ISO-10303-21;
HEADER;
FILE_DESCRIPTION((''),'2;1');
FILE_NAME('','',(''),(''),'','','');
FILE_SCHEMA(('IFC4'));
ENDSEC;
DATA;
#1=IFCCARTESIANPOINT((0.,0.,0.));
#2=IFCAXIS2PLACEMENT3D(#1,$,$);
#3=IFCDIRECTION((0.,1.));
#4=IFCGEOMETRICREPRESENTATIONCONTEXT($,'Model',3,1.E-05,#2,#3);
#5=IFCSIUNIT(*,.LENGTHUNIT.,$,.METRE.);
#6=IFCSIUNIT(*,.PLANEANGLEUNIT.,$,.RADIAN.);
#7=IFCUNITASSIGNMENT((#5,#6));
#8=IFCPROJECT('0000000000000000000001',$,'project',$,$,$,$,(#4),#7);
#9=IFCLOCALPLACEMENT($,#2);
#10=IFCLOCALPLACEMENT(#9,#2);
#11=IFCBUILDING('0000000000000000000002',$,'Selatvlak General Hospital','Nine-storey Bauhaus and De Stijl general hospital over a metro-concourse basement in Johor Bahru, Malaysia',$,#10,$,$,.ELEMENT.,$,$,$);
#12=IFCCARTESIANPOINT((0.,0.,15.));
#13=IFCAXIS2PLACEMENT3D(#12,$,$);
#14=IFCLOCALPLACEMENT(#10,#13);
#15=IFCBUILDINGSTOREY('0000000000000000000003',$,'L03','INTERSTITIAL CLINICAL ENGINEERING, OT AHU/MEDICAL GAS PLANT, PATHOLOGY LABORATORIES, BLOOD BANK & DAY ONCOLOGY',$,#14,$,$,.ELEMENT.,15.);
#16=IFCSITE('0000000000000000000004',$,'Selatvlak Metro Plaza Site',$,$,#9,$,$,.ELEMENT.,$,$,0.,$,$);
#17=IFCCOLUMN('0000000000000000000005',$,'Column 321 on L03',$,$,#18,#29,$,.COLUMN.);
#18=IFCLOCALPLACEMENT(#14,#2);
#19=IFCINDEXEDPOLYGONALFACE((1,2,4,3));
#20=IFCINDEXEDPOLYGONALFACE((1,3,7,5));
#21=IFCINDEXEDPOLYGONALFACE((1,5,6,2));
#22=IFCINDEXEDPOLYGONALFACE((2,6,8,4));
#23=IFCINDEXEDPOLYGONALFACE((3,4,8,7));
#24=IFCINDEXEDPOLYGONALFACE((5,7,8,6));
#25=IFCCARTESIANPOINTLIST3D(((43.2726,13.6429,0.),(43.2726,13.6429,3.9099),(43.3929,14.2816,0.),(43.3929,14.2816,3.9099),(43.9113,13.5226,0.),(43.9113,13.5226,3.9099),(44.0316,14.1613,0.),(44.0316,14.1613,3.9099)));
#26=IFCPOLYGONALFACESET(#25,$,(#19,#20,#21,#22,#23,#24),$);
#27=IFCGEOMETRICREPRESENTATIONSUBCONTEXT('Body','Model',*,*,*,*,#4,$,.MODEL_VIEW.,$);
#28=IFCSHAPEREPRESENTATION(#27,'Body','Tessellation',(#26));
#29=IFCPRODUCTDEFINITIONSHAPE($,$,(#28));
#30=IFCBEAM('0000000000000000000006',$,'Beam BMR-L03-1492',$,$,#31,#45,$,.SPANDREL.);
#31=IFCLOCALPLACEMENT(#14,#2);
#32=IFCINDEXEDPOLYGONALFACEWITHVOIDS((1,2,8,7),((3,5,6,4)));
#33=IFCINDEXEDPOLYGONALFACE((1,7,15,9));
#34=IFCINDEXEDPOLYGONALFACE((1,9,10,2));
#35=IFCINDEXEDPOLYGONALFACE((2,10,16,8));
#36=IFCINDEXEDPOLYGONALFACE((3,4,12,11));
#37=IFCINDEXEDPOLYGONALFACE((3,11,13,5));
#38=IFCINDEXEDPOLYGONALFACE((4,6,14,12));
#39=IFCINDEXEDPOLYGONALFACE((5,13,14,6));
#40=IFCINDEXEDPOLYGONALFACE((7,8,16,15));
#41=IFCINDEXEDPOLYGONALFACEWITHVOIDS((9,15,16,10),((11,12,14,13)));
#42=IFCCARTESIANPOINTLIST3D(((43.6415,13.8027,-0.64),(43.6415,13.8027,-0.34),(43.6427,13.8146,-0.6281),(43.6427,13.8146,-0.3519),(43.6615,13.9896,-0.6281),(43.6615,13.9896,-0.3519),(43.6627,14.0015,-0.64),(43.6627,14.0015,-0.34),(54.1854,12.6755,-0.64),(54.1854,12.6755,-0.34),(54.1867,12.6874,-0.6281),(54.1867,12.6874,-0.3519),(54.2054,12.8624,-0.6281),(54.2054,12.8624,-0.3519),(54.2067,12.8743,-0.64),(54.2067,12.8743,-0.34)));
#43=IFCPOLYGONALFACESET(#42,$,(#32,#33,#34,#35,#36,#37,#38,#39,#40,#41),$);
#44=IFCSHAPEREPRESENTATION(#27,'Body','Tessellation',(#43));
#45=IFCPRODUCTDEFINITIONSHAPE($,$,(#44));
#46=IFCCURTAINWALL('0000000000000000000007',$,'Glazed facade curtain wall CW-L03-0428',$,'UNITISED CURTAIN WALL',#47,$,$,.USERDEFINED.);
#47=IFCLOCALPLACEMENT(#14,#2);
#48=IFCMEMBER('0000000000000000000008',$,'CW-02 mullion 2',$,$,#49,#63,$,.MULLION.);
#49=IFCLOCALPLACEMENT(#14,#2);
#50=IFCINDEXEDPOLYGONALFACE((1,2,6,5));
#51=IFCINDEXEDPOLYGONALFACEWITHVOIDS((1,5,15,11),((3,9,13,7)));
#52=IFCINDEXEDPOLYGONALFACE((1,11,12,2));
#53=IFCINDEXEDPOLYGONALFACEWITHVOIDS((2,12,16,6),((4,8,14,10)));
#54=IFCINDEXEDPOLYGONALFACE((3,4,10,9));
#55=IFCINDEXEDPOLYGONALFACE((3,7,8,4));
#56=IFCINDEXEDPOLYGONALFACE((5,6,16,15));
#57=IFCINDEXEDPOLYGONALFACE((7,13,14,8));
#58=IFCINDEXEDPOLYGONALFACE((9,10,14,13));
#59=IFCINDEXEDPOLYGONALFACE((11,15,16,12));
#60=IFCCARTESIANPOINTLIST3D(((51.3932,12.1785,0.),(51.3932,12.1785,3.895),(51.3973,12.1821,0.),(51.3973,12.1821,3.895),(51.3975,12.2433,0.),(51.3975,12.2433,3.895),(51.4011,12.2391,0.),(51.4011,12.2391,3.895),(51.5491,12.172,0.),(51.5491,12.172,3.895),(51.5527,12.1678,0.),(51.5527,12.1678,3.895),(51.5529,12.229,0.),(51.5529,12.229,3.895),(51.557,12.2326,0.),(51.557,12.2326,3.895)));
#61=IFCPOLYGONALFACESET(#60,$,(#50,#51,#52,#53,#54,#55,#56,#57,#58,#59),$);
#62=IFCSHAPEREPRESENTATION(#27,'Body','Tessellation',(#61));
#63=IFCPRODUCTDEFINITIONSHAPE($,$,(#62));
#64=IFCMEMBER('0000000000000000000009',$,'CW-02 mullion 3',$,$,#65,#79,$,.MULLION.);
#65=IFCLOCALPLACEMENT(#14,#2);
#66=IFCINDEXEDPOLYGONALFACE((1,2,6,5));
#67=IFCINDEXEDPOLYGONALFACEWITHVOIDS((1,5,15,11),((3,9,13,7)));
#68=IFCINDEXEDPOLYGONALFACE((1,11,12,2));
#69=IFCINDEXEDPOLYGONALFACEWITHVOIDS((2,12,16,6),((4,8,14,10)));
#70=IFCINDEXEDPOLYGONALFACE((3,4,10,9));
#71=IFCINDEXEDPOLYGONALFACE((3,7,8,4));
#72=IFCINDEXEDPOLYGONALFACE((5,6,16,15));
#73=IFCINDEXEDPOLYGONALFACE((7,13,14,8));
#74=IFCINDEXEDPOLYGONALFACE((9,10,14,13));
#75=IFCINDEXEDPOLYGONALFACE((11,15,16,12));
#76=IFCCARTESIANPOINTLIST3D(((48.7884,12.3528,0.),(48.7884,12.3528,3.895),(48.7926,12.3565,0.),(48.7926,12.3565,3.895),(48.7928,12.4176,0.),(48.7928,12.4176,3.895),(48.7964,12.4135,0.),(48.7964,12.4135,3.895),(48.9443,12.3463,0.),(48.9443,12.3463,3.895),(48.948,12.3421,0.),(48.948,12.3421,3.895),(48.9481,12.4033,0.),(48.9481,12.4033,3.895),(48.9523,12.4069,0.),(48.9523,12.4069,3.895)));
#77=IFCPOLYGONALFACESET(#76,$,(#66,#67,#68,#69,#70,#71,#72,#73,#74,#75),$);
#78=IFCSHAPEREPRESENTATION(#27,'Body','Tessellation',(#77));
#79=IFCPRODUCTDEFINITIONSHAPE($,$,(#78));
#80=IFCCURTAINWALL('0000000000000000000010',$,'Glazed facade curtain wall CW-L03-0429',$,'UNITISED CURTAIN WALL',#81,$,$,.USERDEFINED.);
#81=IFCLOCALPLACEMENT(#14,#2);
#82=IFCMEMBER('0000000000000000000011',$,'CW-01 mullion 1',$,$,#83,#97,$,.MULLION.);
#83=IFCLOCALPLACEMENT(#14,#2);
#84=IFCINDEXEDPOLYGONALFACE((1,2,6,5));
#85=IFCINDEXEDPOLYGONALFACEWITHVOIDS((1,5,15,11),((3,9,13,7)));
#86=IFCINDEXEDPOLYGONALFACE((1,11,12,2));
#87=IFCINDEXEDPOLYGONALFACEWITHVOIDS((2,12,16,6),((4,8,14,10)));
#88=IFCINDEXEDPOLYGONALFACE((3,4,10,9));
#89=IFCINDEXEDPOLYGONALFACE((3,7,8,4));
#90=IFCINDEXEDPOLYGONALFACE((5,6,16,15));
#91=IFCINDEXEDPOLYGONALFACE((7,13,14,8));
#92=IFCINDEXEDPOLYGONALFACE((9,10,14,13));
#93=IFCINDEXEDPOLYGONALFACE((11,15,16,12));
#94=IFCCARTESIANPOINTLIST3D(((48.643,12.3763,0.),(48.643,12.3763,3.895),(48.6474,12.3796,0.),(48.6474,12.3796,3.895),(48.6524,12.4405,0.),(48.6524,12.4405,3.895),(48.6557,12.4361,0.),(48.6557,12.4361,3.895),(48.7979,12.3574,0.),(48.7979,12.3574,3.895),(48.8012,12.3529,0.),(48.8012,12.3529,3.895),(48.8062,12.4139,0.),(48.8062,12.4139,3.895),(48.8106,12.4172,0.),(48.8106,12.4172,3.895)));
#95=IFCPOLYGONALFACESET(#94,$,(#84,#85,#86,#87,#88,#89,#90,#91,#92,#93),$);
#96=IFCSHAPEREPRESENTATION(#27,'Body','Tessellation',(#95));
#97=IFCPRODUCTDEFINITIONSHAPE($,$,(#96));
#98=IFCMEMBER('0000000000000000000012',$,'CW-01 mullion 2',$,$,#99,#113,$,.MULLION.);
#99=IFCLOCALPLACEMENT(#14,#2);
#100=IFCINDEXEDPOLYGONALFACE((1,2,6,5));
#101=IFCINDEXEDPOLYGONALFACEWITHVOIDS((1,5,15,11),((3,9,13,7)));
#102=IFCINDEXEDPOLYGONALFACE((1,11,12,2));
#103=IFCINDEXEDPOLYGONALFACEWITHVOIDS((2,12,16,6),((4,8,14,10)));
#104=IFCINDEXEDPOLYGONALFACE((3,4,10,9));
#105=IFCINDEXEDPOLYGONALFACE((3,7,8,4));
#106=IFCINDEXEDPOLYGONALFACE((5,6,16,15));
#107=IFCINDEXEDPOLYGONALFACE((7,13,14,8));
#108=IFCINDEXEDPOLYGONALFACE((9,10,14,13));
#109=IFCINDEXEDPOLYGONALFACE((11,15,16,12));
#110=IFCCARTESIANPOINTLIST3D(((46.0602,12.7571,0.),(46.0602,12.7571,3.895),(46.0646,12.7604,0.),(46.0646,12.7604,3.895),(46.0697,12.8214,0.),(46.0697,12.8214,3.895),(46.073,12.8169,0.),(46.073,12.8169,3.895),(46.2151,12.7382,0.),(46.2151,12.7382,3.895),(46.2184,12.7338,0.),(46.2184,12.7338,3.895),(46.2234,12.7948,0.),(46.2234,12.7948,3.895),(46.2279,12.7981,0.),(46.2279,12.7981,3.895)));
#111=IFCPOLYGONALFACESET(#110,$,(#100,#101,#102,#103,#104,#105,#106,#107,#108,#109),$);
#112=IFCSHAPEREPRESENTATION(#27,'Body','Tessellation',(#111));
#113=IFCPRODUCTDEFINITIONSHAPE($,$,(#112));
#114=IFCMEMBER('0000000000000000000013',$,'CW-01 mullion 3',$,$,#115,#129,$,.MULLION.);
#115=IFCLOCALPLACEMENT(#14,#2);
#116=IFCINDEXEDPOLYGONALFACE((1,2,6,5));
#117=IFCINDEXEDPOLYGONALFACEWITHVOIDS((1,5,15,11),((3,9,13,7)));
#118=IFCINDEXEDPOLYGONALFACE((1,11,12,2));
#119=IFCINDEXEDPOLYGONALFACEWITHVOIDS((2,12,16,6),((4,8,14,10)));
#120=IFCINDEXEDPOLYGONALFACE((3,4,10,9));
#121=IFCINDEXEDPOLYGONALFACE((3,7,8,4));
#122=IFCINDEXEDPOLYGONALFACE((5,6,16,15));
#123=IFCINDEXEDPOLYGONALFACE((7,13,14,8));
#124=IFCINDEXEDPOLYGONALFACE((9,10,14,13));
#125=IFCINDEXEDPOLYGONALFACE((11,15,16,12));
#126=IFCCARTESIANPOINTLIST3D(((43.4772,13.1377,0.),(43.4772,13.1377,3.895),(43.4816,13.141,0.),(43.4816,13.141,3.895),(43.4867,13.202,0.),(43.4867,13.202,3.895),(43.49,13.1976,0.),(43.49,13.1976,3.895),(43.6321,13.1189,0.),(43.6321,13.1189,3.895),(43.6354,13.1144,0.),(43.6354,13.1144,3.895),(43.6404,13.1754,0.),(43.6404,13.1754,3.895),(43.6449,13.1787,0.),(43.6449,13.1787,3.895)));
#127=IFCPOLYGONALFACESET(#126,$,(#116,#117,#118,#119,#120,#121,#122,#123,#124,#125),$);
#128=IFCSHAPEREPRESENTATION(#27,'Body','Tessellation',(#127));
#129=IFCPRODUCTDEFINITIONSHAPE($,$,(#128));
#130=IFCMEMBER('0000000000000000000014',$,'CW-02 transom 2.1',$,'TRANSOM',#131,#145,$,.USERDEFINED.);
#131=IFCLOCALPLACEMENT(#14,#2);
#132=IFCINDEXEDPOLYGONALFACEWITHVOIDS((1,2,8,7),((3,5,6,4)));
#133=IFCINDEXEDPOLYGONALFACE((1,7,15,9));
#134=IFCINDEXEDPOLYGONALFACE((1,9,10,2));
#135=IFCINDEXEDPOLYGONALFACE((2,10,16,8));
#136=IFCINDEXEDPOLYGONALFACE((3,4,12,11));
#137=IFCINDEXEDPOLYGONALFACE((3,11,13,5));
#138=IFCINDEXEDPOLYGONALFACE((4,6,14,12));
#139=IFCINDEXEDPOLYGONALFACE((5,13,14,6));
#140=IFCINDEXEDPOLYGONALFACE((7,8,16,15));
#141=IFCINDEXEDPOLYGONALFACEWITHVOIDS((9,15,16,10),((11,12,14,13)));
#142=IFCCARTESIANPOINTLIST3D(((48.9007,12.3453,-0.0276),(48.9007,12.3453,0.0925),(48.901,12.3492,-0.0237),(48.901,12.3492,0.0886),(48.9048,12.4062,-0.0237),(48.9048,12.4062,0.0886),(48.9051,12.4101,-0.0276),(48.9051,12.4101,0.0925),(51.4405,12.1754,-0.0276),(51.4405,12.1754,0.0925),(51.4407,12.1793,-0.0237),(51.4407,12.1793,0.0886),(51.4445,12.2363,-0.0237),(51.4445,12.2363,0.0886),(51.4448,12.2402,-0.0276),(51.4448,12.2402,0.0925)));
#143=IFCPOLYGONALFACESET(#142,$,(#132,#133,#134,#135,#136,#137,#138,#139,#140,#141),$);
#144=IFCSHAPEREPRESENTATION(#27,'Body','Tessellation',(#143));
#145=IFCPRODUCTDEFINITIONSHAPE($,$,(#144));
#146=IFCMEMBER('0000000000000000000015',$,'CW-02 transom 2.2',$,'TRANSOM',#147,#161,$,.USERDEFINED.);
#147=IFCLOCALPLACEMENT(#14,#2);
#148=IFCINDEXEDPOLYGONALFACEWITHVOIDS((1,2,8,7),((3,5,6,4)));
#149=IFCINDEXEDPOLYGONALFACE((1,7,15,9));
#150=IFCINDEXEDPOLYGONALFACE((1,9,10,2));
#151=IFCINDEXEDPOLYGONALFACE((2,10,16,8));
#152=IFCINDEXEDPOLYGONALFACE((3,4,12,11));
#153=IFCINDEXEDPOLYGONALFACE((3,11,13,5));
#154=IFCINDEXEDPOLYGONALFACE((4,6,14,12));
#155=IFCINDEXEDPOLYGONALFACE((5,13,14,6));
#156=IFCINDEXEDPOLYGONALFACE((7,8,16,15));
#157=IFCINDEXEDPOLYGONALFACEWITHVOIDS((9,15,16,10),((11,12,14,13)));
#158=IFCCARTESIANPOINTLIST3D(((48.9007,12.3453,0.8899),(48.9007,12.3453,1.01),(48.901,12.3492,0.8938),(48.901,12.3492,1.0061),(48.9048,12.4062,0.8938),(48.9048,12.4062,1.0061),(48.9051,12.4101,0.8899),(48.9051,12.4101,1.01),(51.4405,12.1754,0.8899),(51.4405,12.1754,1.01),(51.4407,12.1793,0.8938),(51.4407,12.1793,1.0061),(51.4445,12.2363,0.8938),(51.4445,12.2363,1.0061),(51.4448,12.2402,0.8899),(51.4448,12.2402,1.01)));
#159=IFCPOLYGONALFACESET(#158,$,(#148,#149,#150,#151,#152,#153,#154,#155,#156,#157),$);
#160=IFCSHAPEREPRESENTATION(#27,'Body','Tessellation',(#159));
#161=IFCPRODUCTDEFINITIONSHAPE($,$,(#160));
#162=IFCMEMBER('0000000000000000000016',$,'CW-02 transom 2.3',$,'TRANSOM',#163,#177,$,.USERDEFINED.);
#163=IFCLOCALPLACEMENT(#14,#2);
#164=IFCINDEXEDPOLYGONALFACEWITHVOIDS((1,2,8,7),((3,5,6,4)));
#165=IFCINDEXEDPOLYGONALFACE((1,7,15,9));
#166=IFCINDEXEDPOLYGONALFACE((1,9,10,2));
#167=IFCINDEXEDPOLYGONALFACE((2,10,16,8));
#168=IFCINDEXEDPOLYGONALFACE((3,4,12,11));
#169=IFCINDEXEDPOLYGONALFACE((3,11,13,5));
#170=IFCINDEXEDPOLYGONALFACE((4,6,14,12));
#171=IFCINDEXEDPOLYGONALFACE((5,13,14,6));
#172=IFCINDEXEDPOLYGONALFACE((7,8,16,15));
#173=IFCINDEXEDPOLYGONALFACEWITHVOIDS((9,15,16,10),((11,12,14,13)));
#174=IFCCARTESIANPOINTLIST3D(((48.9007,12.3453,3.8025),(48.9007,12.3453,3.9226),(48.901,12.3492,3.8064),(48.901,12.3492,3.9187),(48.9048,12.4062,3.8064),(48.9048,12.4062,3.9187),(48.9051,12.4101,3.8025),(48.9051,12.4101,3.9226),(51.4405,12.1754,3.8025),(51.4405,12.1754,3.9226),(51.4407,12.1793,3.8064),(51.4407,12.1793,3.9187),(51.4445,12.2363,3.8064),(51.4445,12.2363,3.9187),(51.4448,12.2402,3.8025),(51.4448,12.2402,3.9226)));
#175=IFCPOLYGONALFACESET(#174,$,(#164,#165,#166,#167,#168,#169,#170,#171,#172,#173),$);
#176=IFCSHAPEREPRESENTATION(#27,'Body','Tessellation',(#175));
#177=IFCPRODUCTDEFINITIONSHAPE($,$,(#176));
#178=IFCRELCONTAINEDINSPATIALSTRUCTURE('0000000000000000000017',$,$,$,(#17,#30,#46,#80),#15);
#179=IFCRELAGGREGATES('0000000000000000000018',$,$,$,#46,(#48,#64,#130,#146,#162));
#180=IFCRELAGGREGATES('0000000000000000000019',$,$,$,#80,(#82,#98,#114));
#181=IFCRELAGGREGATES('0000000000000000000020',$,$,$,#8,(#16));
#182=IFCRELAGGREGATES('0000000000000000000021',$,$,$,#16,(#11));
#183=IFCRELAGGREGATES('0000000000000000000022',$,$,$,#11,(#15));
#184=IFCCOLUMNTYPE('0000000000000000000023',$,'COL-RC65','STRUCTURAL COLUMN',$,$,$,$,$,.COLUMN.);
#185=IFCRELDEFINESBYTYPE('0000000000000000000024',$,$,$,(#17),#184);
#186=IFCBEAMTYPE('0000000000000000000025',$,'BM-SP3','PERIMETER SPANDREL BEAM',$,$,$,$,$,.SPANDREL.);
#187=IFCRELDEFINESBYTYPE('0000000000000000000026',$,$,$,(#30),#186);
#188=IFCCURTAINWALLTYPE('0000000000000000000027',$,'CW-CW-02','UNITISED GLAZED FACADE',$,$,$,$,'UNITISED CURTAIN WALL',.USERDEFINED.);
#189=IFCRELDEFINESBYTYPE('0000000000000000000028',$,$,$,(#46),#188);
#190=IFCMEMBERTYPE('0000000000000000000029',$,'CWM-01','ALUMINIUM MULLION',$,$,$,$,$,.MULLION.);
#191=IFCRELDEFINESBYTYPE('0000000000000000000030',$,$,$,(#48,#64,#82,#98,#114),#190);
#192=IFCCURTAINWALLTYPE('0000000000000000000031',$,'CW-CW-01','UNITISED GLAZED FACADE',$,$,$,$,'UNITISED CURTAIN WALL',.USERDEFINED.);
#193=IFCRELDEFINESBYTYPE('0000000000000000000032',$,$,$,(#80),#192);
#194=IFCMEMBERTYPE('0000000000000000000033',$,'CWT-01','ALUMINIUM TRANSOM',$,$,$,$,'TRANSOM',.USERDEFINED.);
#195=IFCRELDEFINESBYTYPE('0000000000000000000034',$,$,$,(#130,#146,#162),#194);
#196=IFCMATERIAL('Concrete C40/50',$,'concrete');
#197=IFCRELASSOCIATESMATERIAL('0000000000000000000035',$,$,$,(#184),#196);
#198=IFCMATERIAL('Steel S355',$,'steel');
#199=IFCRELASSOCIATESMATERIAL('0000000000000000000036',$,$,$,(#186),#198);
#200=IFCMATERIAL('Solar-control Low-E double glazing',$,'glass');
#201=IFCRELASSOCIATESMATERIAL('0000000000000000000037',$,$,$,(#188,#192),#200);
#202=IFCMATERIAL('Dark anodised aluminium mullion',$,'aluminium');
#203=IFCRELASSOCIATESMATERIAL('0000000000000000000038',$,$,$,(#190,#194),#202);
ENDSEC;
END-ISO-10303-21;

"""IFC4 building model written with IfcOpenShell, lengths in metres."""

from ifc_helpers import new_model, si_unit, direction, frame, origin, origin_2d, place, context, subcontext, project, spatial, rectangle, hollow_rectangle, extrude, material, material_profile, profile_set, type_object, element, aggregate, save


model = new_model("IFC4")

# Units and contexts
model_context = context("Model", 3, precision=1e-05, world=origin(), true_north=direction((0.0, 1.0)))
body_context = subcontext(model_context, "Body", "Model", "MODEL_VIEW")
ifc_project = project(units=[si_unit("LENGTHUNIT", "METRE"), si_unit("PLANEANGLEUNIT", "RADIAN")], contexts=[model_context])

# Site, building, storey
site_placement = place(None, origin())
site = spatial("IfcSite", under=ifc_project, at=site_placement, Name="Selatvlak Metro Plaza Site", CompositionType="ELEMENT", RefElevation=0.0)
building_placement = place(site_placement, origin())
building = spatial("IfcBuilding", under=site, at=building_placement, Name="Selatvlak General Hospital", Description="Nine-storey Bauhaus and De Stijl general hospital over a metro-concourse basement in Johor Bahru, Malaysia", CompositionType="ELEMENT")
storey_placement = place(building_placement, frame((0.0, 0.0, 15.0)))
storey = spatial("IfcBuildingStorey", under=building, at=storey_placement, Name="L03", Description="INTERSTITIAL CLINICAL ENGINEERING, OT AHU/MEDICAL GAS PLANT, PATHOLOGY LABORATORIES, BLOOD BANK & DAY ONCOLOGY", CompositionType="ELEMENT", Elevation=15.0)

# Column
ifc_material_1 = material(Name="Concrete C40/50", Category="concrete")
ifc_material_profile_1 = material_profile(ifc_material_1, rectangle(XDim=0.6499, YDim=0.6499, at=origin_2d()), Name="RC-COL 650x650")
ifc_profile_set_1 = profile_set([ifc_material_profile_1], Name="Concrete C40/50")
column_type = type_object("IfcColumnType", Name="COL-RC65", Description="STRUCTURAL COLUMN", PredefinedType="COLUMN", material=ifc_profile_set_1)
column_placement = place(storey_placement, frame((43.6521, 13.9021, 0.0), z_axis=(0.0, 0.0, 1.0), x_axis=(0.184998, 0.982739, 0.0)))
element("IfcColumn", 1, at=column_placement, inside=storey, type_object=column_type, Name="Column 321 on L03", PredefinedType="COLUMN", context=body_context, shape_type="SweptSolid", body=[
    extrude(rectangle(XDim=0.6499, YDim=0.6499, at=origin_2d()), origin(), (0.0, 0.0, 1.0), 3.9099),
])

# Beam
ifc_material_2 = material(Name="Steel S355", Category="steel")
ifc_material_profile_2 = material_profile(ifc_material_2, hollow_rectangle(XDim=0.2, YDim=0.3, WallThickness=0.012, at=origin_2d()), Name="RHS 300x200x12")
ifc_profile_set_2 = profile_set([ifc_material_profile_2], Name="Steel S355")
beam_type = type_object("IfcBeamType", Name="BM-SP3", Description="PERIMETER SPANDREL BEAM", PredefinedType="SPANDREL", material=ifc_profile_set_2)
beam_placement = place(storey_placement, frame((43.6521, 13.9021, -0.49), z_axis=(0.994334, -0.106299, 0.0), x_axis=(0.106299, 0.994334, 0.0)))
element("IfcBeam", 2, at=beam_placement, inside=storey, type_object=beam_type, Name="Beam BMR-L03-1492", PredefinedType="SPANDREL", context=body_context, shape_type="SweptSolid", body=[
    extrude(hollow_rectangle(XDim=0.2, YDim=0.3, WallThickness=0.012, at=origin_2d()), origin(), (0.0, 0.0, 1.0), 10.604),
])

# Curtain walls, members
ifc_material_3 = material(Name="Solar-control Low-E double glazing", Category="glass")
curtain_wall_type_1 = type_object("IfcCurtainWallType", Name="CW-CW-02", Description="UNITISED GLAZED FACADE", ElementType="UNITISED CURTAIN WALL", PredefinedType="USERDEFINED", material=ifc_material_3)
curtain_wall_1_placement = place(storey_placement, origin())
curtain_wall_1 = element("IfcCurtainWall", 3, at=curtain_wall_1_placement, inside=storey, type_object=curtain_wall_type_1, Name="Glazed facade curtain wall CW-L03-0428", ObjectType="UNITISED CURTAIN WALL", PredefinedType="USERDEFINED")
ifc_material_4 = material(Name="Dark anodised aluminium mullion", Category="aluminium")
ifc_material_profile_3 = material_profile(ifc_material_4, hollow_rectangle(XDim=0.0649, YDim=0.1599, WallThickness=0.0039, at=origin_2d()), Name="AL-MUL 65x160x4")
ifc_profile_set_3 = profile_set([ifc_material_profile_3], Name="Dark anodised aluminium mullion")
member_type_1 = type_object("IfcMemberType", Name="CWM-01", Description="ALUMINIUM MULLION", PredefinedType="MULLION", material=ifc_profile_set_3)
member_1_placement = place(storey_placement, frame((51.4751, 12.2056, 0.0), z_axis=(0.0, 0.0, 1.0), x_axis=(-0.066783, -0.997768, 0.0)))
member_1 = element("IfcMember", 4, at=member_1_placement, type_object=member_type_1, Name="CW-02 mullion 2", PredefinedType="MULLION", context=body_context, shape_type="SweptSolid", body=[
    extrude(hollow_rectangle(XDim=0.0649, YDim=0.1599, WallThickness=0.0039, at=origin_2d()), origin(), (0.0, 0.0, 1.0), 3.895),
])
member_2_placement = place(storey_placement, frame((48.8704, 12.3799, 0.0), z_axis=(0.0, 0.0, 1.0), x_axis=(-0.066783, -0.997768, 0.0)))
member_2 = element("IfcMember", 5, at=member_2_placement, type_object=member_type_1, Name="CW-02 mullion 3", PredefinedType="MULLION", context=body_context, shape_type="SweptSolid", body=[
    extrude(hollow_rectangle(XDim=0.0649, YDim=0.1599, WallThickness=0.0039, at=origin_2d()), origin(), (0.0, 0.0, 1.0), 3.895),
])
curtain_wall_type_2 = type_object("IfcCurtainWallType", Name="CW-CW-01", Description="UNITISED GLAZED FACADE", ElementType="UNITISED CURTAIN WALL", PredefinedType="USERDEFINED", material=ifc_material_3)
curtain_wall_2_placement = place(storey_placement, origin())
curtain_wall_2 = element("IfcCurtainWall", 6, at=curtain_wall_2_placement, inside=storey, type_object=curtain_wall_type_2, Name="Glazed facade curtain wall CW-L03-0429", ObjectType="UNITISED CURTAIN WALL", PredefinedType="USERDEFINED")
member_3_placement = place(storey_placement, frame((48.7268, 12.3967, 0.0), z_axis=(0.0, 0.0, 1.0), x_axis=(-0.145843, -0.989308, 0.0)))
member_3 = element("IfcMember", 7, at=member_3_placement, type_object=member_type_1, Name="CW-01 mullion 1", PredefinedType="MULLION", context=body_context, shape_type="SweptSolid", body=[
    extrude(hollow_rectangle(XDim=0.0649, YDim=0.1599, WallThickness=0.0039, at=origin_2d()), origin(), (0.0, 0.0, 1.0), 3.895),
])
member_4_placement = place(storey_placement, frame((46.144, 12.7776, 0.0), z_axis=(0.0, 0.0, 1.0), x_axis=(-0.145843, -0.989308, 0.0)))
member_4 = element("IfcMember", 8, at=member_4_placement, type_object=member_type_1, Name="CW-01 mullion 2", PredefinedType="MULLION", context=body_context, shape_type="SweptSolid", body=[
    extrude(hollow_rectangle(XDim=0.0649, YDim=0.1599, WallThickness=0.0039, at=origin_2d()), origin(), (0.0, 0.0, 1.0), 3.895),
])
member_5_placement = place(storey_placement, frame((43.561, 13.1582, 0.0), z_axis=(0.0, 0.0, 1.0), x_axis=(-0.145843, -0.989308, 0.0)))
member_5 = element("IfcMember", 9, at=member_5_placement, type_object=member_type_1, Name="CW-01 mullion 3", PredefinedType="MULLION", context=body_context, shape_type="SweptSolid", body=[
    extrude(hollow_rectangle(XDim=0.0649, YDim=0.1599, WallThickness=0.0039, at=origin_2d()), origin(), (0.0, 0.0, 1.0), 3.895),
])

# Members
ifc_material_profile_4 = material_profile(ifc_material_4, hollow_rectangle(XDim=0.0649, YDim=0.1201, WallThickness=0.0039, at=origin_2d()), Name="AL-TRN 65x120x4")
ifc_profile_set_4 = profile_set([ifc_material_profile_4], Name="Dark anodised aluminium mullion")
member_type_2 = type_object("IfcMemberType", Name="CWT-01", Description="ALUMINIUM TRANSOM", ElementType="TRANSOM", PredefinedType="USERDEFINED", material=ifc_profile_set_4)
member_6_placement = place(storey_placement, frame((51.4426, 12.2078, 0.0325), z_axis=(-0.997769, 0.066755, 0.0), x_axis=(-0.066755, -0.997769, 0.0)))
member_6 = element("IfcMember", 10, at=member_6_placement, type_object=member_type_2, Name="CW-02 transom 2.1", ObjectType="TRANSOM", PredefinedType="USERDEFINED", context=body_context, shape_type="SweptSolid", body=[
    extrude(hollow_rectangle(XDim=0.0649, YDim=0.1201, WallThickness=0.0039, at=origin_2d()), origin(), (0.0, 0.0, 1.0), 2.5454),
])
member_7_placement = place(storey_placement, frame((51.4426, 12.2078, 0.95), z_axis=(-0.997769, 0.066755, 0.0), x_axis=(-0.066755, -0.997769, 0.0)))
member_7 = element("IfcMember", 11, at=member_7_placement, type_object=member_type_2, Name="CW-02 transom 2.2", ObjectType="TRANSOM", PredefinedType="USERDEFINED", context=body_context, shape_type="SweptSolid", body=[
    extrude(hollow_rectangle(XDim=0.0649, YDim=0.1201, WallThickness=0.0039, at=origin_2d()), origin(), (0.0, 0.0, 1.0), 2.5454),
])
member_8_placement = place(storey_placement, frame((51.4426, 12.2078, 3.8625), z_axis=(-0.997769, 0.066755, 0.0), x_axis=(-0.066755, -0.997769, 0.0)))
member_8 = element("IfcMember", 12, at=member_8_placement, type_object=member_type_2, Name="CW-02 transom 2.3", ObjectType="TRANSOM", PredefinedType="USERDEFINED", context=body_context, shape_type="SweptSolid", body=[
    extrude(hollow_rectangle(XDim=0.0649, YDim=0.1201, WallThickness=0.0039, at=origin_2d()), origin(), (0.0, 0.0, 1.0), 2.5454),
])

aggregate(curtain_wall_1, [member_1, member_2, member_6, member_7, member_8])
aggregate(curtain_wall_2, [member_3, member_4, member_5])

save(model, "model.ifc")
